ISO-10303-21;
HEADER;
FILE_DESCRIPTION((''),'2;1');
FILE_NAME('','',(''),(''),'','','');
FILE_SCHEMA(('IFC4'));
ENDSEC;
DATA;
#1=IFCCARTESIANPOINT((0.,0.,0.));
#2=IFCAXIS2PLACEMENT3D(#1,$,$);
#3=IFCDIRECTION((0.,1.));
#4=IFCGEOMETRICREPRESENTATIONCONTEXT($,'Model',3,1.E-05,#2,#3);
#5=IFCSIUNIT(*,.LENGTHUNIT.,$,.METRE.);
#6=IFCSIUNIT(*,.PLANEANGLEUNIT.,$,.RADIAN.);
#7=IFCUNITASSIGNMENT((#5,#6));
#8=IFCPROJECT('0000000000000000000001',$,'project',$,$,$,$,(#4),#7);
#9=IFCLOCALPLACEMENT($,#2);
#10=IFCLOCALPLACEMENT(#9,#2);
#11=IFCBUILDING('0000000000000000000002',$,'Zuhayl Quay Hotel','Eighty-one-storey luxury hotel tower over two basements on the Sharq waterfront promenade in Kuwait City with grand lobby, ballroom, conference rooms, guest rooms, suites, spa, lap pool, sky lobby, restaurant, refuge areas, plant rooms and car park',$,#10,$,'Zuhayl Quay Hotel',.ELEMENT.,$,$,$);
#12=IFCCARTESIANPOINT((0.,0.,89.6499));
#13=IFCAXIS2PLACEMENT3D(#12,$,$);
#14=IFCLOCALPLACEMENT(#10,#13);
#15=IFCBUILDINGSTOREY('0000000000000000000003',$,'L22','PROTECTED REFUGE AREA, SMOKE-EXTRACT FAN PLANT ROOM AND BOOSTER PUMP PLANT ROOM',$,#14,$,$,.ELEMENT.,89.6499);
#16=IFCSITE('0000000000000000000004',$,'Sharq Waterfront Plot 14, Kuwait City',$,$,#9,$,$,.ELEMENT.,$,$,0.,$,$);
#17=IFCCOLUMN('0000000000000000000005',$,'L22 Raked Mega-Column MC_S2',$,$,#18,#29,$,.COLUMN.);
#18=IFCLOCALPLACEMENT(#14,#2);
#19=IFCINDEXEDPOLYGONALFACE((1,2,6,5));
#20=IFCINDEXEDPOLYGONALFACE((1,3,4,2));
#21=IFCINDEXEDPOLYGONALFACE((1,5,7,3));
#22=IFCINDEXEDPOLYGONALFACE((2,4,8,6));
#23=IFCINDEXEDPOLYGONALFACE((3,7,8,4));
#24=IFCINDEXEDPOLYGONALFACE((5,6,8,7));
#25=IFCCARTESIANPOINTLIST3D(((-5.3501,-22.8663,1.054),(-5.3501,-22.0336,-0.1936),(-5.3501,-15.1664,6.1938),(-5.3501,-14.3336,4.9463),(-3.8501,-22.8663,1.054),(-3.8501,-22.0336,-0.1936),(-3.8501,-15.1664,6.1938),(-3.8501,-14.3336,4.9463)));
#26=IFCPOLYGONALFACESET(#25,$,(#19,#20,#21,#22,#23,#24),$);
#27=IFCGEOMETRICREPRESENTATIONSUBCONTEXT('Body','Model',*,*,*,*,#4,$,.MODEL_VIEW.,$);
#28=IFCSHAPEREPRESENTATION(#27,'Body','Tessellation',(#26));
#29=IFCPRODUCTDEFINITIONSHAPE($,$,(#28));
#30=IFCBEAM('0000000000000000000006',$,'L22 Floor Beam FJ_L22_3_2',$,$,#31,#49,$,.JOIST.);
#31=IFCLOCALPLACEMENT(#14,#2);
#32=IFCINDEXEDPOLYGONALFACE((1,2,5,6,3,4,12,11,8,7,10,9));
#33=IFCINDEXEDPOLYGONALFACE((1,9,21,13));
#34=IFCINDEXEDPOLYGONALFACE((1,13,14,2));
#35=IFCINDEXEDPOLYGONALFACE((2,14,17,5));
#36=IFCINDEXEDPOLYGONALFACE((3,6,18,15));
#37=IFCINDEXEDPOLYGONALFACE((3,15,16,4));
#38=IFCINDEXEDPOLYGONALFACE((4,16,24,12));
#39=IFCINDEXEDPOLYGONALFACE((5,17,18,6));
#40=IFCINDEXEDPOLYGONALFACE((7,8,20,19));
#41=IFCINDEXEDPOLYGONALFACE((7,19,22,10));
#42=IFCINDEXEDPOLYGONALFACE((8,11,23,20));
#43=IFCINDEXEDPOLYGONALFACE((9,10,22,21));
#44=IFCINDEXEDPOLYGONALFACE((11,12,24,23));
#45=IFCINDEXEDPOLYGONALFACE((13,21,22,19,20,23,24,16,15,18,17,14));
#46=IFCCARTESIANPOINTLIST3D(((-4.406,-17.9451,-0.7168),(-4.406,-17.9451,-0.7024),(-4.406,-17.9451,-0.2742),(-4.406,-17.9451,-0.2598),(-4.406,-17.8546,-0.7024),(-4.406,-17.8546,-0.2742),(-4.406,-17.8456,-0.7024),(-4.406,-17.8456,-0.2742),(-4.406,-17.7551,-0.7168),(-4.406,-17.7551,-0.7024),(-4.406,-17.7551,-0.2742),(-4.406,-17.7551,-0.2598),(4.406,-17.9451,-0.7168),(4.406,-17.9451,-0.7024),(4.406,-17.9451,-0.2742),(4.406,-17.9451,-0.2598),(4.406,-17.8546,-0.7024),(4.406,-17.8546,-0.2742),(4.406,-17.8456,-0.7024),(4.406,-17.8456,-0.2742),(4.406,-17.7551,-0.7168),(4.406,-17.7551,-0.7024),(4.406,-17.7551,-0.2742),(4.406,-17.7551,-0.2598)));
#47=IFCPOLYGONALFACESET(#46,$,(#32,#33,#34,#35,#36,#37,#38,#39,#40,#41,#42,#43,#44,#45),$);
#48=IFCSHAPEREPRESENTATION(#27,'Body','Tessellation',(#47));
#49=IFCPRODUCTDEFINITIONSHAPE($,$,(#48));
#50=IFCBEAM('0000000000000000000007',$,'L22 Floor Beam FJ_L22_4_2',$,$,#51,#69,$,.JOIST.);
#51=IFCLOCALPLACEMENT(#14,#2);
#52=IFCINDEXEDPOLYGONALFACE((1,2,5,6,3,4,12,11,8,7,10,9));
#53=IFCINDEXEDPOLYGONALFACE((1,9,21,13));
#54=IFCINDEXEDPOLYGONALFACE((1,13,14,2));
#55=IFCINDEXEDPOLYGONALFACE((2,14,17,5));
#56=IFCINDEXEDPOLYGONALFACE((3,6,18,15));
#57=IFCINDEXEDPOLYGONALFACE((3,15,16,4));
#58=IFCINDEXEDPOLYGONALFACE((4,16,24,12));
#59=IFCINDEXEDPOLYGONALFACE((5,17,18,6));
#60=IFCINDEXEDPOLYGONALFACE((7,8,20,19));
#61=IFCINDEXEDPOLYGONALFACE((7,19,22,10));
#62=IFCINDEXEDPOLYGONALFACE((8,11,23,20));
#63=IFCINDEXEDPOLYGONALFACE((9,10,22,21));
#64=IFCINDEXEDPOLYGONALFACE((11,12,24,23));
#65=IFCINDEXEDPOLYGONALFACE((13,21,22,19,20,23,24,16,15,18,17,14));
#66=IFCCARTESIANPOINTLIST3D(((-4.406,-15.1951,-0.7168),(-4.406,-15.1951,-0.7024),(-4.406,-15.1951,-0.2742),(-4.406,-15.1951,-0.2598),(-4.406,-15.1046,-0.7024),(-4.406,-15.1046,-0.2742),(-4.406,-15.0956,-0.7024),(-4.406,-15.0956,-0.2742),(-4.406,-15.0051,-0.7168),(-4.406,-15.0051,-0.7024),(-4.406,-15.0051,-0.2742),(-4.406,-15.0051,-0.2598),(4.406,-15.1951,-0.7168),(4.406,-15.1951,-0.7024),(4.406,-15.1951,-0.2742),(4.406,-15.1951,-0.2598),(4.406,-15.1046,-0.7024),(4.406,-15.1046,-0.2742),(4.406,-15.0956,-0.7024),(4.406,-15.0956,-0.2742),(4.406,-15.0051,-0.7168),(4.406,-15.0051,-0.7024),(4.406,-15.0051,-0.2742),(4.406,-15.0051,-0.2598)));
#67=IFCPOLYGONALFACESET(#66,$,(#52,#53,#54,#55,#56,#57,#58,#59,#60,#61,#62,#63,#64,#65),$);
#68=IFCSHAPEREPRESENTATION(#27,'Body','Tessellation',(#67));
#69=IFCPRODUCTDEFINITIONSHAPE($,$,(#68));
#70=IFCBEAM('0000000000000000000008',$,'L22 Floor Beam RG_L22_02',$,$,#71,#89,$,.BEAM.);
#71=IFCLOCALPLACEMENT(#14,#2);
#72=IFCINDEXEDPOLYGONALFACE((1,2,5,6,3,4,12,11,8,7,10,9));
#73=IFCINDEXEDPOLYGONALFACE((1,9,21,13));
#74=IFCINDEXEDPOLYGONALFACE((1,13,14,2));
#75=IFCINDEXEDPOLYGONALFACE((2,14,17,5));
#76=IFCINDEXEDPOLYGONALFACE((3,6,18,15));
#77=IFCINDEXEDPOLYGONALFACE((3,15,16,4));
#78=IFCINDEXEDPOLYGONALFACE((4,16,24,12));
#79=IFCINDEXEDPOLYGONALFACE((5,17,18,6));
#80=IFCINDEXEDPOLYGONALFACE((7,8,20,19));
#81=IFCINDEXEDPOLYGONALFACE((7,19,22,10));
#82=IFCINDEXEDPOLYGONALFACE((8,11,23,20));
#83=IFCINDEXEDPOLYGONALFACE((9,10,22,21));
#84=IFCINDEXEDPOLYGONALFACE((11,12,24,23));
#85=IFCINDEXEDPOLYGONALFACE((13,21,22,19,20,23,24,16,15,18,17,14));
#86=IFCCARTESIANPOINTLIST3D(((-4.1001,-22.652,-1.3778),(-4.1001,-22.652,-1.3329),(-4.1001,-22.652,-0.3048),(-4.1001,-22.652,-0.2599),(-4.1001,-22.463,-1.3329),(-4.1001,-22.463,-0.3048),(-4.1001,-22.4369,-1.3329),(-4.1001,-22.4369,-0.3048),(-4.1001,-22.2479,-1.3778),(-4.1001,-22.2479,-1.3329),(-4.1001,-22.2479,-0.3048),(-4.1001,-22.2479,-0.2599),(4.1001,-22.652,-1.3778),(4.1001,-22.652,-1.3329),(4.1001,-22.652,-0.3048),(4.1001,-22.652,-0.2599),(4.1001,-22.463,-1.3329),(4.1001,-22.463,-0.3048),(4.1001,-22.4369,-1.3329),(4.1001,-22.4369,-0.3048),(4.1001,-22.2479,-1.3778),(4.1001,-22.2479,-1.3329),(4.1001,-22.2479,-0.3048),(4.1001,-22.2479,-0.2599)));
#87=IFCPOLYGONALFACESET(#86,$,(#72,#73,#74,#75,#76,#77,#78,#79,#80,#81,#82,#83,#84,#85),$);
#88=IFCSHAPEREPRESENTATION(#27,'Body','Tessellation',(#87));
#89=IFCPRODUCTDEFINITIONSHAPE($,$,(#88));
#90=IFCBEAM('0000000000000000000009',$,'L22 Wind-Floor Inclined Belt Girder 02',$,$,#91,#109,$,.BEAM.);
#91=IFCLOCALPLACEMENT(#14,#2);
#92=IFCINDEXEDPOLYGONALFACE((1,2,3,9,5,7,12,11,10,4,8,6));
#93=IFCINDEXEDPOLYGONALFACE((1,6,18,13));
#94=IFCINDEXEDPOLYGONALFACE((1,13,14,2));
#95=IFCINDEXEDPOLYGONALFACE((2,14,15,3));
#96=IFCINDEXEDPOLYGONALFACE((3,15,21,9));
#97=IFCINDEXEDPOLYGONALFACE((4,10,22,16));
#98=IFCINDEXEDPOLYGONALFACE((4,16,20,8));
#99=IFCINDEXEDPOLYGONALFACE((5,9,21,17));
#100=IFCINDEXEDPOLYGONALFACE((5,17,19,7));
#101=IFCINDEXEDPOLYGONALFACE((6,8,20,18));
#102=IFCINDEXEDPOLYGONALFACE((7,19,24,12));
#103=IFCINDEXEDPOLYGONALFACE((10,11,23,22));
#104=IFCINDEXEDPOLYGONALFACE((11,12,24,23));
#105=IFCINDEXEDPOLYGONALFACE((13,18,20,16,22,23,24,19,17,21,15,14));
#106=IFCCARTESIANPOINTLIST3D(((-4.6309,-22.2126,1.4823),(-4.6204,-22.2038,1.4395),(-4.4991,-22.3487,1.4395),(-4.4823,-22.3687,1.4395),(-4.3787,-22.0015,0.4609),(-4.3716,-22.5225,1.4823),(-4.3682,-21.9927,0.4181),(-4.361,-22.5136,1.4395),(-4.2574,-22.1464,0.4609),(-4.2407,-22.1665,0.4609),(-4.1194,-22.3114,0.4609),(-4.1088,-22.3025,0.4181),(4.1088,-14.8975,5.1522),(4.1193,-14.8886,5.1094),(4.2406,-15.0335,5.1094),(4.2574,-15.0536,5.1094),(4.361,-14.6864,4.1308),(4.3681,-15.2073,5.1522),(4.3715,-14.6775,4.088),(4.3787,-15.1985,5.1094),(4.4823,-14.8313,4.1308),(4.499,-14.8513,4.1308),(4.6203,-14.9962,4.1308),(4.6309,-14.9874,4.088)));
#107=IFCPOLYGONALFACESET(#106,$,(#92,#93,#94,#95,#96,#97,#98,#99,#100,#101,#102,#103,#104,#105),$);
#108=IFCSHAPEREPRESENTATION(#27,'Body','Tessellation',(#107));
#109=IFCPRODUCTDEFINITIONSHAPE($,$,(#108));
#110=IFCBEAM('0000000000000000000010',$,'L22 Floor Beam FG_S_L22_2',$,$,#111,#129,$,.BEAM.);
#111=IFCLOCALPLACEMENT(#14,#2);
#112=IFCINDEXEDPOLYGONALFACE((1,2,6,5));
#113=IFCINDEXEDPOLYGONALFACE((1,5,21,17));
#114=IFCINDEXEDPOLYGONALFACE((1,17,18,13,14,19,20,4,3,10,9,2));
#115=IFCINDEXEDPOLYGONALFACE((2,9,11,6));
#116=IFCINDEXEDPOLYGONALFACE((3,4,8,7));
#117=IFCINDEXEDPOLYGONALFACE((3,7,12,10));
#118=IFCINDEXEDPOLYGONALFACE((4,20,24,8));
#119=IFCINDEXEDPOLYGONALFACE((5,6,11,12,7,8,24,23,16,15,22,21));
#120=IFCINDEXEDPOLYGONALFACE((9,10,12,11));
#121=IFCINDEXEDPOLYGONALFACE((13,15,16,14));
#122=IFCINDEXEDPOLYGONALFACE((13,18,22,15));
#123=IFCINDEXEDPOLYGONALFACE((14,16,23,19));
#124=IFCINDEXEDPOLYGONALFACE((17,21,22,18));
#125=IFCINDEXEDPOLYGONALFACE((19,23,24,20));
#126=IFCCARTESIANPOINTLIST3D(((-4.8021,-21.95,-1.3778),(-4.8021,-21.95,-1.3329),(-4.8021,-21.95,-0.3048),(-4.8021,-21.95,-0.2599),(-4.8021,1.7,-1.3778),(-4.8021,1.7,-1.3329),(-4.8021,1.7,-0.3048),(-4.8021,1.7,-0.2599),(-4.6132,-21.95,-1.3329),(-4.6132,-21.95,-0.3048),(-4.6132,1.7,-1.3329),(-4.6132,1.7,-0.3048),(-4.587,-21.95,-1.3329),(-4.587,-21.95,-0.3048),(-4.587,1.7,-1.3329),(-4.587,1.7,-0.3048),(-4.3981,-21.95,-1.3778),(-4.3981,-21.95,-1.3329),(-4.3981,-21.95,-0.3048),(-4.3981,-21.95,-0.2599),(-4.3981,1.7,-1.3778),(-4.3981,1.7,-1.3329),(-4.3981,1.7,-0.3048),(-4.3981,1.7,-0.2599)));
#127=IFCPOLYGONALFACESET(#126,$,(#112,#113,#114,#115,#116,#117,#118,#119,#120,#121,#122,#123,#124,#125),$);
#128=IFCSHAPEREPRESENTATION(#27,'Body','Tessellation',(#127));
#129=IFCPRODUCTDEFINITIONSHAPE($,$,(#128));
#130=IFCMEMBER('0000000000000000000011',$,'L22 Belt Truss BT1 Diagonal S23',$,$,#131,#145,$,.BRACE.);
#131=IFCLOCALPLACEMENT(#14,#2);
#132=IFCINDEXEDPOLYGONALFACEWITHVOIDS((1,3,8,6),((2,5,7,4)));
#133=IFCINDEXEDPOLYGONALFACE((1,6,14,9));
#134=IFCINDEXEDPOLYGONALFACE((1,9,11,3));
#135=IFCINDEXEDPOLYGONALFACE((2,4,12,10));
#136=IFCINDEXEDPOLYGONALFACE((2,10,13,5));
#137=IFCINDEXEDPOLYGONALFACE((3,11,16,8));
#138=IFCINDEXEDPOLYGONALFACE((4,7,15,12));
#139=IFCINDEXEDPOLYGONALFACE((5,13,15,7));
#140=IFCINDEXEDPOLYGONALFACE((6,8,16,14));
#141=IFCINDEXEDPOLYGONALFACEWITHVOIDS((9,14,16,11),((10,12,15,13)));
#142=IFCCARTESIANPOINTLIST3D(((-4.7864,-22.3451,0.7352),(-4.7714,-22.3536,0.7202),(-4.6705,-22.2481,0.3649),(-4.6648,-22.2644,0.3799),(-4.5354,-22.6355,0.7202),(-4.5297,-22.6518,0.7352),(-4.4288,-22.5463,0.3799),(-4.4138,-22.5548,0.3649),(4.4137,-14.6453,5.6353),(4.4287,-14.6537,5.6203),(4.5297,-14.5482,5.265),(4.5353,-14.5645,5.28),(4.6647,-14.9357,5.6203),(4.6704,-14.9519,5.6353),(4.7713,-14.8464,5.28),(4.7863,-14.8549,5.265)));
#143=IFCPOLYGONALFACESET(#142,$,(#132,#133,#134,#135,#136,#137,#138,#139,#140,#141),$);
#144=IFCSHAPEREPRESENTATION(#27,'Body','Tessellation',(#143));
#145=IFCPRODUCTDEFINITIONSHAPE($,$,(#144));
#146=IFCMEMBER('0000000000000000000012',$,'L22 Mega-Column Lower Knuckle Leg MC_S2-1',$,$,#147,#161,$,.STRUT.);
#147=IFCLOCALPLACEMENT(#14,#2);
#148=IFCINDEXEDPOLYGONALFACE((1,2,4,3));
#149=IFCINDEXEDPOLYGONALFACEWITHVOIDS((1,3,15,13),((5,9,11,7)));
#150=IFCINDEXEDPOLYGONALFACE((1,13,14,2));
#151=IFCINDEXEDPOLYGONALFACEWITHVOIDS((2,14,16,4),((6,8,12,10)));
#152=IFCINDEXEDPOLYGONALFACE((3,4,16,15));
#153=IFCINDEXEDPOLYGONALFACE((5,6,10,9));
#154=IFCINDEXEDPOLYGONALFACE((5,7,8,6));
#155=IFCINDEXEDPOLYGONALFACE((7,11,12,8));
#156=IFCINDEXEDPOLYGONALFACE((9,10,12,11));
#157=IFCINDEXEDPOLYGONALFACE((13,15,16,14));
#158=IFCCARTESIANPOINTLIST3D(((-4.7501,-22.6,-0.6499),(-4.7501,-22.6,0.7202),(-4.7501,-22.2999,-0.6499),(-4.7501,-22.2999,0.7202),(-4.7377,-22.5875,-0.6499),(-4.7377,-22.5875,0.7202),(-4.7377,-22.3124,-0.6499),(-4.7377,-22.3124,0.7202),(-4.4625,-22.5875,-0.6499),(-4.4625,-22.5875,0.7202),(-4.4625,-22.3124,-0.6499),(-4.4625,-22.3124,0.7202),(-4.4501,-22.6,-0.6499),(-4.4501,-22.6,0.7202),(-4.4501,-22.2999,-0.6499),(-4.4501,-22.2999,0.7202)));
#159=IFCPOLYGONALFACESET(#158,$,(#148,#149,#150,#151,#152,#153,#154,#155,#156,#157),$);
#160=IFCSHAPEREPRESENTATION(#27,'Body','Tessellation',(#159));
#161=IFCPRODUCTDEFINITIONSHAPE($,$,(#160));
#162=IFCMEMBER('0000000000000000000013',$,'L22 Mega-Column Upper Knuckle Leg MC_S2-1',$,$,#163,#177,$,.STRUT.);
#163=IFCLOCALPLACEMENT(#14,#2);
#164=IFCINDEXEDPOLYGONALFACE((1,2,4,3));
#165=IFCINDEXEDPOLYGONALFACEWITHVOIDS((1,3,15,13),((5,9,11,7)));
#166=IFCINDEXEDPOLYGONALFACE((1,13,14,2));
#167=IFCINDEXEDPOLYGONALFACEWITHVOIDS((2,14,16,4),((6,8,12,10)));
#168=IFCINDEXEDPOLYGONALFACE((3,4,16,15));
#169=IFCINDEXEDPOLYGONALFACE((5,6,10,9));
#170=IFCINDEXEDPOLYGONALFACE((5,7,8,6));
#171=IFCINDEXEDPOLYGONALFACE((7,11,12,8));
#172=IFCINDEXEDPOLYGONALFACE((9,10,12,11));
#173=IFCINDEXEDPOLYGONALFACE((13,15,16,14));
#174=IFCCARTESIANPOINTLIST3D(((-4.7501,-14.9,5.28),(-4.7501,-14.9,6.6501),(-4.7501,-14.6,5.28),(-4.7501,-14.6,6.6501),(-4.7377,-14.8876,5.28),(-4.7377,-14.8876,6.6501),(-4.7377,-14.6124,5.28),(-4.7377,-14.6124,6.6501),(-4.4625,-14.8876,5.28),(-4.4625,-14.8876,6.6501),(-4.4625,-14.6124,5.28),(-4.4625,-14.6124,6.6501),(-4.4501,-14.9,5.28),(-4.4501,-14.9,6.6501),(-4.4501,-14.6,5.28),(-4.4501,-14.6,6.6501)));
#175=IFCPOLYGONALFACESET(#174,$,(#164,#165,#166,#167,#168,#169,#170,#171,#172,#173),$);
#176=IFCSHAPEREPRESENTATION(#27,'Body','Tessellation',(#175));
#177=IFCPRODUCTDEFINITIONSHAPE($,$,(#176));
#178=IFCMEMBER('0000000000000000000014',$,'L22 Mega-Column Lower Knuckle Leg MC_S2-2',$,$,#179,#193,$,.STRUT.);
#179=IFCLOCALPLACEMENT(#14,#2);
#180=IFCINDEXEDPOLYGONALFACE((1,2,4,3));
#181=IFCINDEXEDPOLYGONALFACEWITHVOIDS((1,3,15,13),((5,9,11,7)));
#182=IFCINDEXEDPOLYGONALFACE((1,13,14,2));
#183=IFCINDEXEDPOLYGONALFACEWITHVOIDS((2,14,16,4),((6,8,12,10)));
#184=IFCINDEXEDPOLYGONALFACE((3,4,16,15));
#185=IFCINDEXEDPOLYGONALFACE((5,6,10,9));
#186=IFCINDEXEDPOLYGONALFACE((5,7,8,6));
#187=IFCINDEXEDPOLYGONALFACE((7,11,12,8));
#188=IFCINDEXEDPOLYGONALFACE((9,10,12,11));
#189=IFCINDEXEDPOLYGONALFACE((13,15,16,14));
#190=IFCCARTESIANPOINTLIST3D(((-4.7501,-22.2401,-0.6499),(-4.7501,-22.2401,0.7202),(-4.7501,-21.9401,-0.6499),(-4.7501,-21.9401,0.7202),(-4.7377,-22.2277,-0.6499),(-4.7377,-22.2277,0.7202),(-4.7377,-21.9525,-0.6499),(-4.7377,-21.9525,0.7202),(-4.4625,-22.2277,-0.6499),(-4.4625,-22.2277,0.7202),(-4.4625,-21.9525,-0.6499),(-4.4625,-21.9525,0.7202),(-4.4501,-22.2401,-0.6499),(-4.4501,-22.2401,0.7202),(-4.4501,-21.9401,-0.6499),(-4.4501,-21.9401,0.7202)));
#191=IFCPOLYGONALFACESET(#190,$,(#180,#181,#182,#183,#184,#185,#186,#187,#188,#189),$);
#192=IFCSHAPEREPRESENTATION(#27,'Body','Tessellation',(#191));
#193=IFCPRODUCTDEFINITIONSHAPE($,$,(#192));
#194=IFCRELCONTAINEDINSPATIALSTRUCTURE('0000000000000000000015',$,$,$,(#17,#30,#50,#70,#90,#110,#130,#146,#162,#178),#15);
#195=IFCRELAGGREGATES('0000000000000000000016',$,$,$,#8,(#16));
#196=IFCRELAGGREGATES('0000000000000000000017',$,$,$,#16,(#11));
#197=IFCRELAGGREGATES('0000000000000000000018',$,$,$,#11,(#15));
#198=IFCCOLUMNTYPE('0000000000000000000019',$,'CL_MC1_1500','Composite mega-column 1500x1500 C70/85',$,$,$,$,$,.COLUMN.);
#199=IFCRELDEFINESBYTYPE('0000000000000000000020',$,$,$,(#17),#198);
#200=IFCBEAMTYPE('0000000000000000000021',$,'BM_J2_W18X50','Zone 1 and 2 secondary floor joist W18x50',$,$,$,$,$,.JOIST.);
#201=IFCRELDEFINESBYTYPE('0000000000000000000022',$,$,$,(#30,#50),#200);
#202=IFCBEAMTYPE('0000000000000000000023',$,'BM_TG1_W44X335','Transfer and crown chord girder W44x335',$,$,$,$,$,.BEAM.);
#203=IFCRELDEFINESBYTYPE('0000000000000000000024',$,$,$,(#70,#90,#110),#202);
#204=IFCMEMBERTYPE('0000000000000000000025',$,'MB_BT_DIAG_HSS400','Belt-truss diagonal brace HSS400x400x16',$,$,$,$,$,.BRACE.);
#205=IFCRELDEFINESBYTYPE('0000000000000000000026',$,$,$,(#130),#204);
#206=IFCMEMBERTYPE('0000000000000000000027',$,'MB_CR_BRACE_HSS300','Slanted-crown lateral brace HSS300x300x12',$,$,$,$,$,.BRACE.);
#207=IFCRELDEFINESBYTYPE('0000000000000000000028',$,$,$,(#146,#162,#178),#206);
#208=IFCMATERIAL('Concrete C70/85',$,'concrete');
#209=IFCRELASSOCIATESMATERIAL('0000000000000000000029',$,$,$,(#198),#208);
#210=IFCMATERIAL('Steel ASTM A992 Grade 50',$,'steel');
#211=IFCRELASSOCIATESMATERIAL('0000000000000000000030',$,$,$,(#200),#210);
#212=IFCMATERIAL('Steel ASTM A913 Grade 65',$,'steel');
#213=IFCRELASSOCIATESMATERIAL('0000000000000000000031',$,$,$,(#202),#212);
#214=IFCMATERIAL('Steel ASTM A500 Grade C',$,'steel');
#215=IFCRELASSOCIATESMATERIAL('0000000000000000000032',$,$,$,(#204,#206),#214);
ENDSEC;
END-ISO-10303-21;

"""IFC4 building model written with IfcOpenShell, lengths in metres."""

from ifc_helpers import new_model, si_unit, direction, frame, origin, origin_2d, place, context, subcontext, project, spatial, rectangle, hollow_rectangle, i_section, extrude, material, material_profile, profile_set, type_object, element, save


model = new_model("IFC4")

# Units and contexts
model_context = context("Model", 3, precision=1e-05, world=origin(), true_north=direction((0.0, 1.0)))
body_context = subcontext(model_context, "Body", "Model", "MODEL_VIEW")
ifc_project = project(units=[si_unit("LENGTHUNIT", "METRE"), si_unit("PLANEANGLEUNIT", "RADIAN")], contexts=[model_context])

# Site, building, storey
site_placement = place(None, origin())
site = spatial("IfcSite", under=ifc_project, at=site_placement, Name="Sharq Waterfront Plot 14, Kuwait City", CompositionType="ELEMENT", RefElevation=0.0)
building_placement = place(site_placement, origin())
building = spatial("IfcBuilding", under=site, at=building_placement, Name="Zuhayl Quay Hotel", Description="Eighty-one-storey luxury hotel tower over two basements on the Sharq waterfront promenade in Kuwait City with grand lobby, ballroom, conference rooms, guest rooms, suites, spa, lap pool, sky lobby, restaurant, refuge areas, plant rooms and car park", LongName="Zuhayl Quay Hotel", CompositionType="ELEMENT")
storey_placement = place(building_placement, frame((0.0, 0.0, 89.6499)))
storey = spatial("IfcBuildingStorey", under=building, at=storey_placement, Name="L22", Description="PROTECTED REFUGE AREA, SMOKE-EXTRACT FAN PLANT ROOM AND BOOSTER PUMP PLANT ROOM", CompositionType="ELEMENT", Elevation=89.6499)

# Column
ifc_material_1 = material(Name="Concrete C70/85", Category="concrete")
ifc_material_profile_1 = material_profile(ifc_material_1, rectangle(XDim=1.5, YDim=1.5, at=origin_2d()), Name="RC1500X1500")
ifc_profile_set_1 = profile_set([ifc_material_profile_1], Name="Concrete C70/85")
column_type = type_object("IfcColumnType", Name="CL_MC1_1500", Description="Composite mega-column 1500x1500 C70/85", PredefinedType="COLUMN", material=ifc_profile_set_1)
column_placement = place(storey_placement, frame((-4.6001, -22.45, 0.4302), z_axis=(0.0, 0.831722, 0.555193), x_axis=(-1.0, 0.0, 0.0)))
element("IfcColumn", 1, at=column_placement, inside=storey, type_object=column_type, Name="L22 Raked Mega-Column MC_S2", PredefinedType="COLUMN", context=body_context, shape_type="SweptSolid", body=[
    extrude(rectangle(XDim=1.5, YDim=1.5, at=origin_2d()), origin(), (0.0, 0.0, 1.0), 9.2578),
])

# Beams
ifc_material_2 = material(Name="Steel ASTM A992 Grade 50", Category="steel")
ifc_material_profile_2 = material_profile(ifc_material_2, i_section(OverallWidth=0.1899, OverallDepth=0.457, WebThickness=0.009, FlangeThickness=0.0144, at=origin_2d()), Name="W18X50")
ifc_profile_set_2 = profile_set([ifc_material_profile_2], Name="Steel ASTM A992 Grade 50")
beam_type_1 = type_object("IfcBeamType", Name="BM_J2_W18X50", Description="Zone 1 and 2 secondary floor joist W18x50", PredefinedType="JOIST", material=ifc_profile_set_2)
for number, where, z_axis, x_axis, name in (
    (2, (-4.406, -17.8501, -0.4883), (1.0, 0.0, 0.0), (0.0, 1.0, 0.0), "L22 Floor Beam FJ_L22_3_2"),
    (3, (-4.406, -15.1001, -0.4883), (1.0, 0.0, 0.0), (0.0, 1.0, 0.0), "L22 Floor Beam FJ_L22_4_2"),
):
    element("IfcBeam", number, at=place(storey_placement, frame(where, z_axis=z_axis, x_axis=x_axis)), inside=storey, type_object=beam_type_1, Name=name, PredefinedType="JOIST", context=body_context, shape_type="SweptSolid", body=[
        extrude(i_section(OverallWidth=0.1899, OverallDepth=0.457, WebThickness=0.009, FlangeThickness=0.0144, at=origin_2d()), origin(), (0.0, 0.0, 1.0), 8.812),
    ])
ifc_material_3 = material(Name="Steel ASTM A913 Grade 65", Category="steel")
ifc_material_profile_3 = material_profile(ifc_material_3, i_section(OverallWidth=0.4041, OverallDepth=1.1179, WebThickness=0.0261, FlangeThickness=0.0449, at=origin_2d()), Name="W44X335")
ifc_profile_set_3 = profile_set([ifc_material_profile_3], Name="Steel ASTM A913 Grade 65")
beam_type_2 = type_object("IfcBeamType", Name="BM_TG1_W44X335", Description="Transfer and crown chord girder W44x335", PredefinedType="BEAM", material=ifc_profile_set_3)
beam_1_placement = place(storey_placement, frame((-4.1001, -22.45, -0.8188), z_axis=(1.0, 0.0, 0.0), x_axis=(0.0, 1.0, 0.0)))
element("IfcBeam", 4, at=beam_1_placement, inside=storey, type_object=beam_type_2, Name="L22 Floor Beam RG_L22_02", PredefinedType="BEAM", context=body_context, shape_type="SweptSolid", body=[
    extrude(i_section(OverallWidth=0.4041, OverallDepth=1.1179, WebThickness=0.0261, FlangeThickness=0.0449, at=origin_2d()), origin(), (0.0, 0.0, 1.0), 8.2002),
])
beam_2_placement = place(storey_placement, frame((-4.3699, -22.2576, 0.9502), z_axis=(0.729927, 0.610951, 0.306505), x_axis=(-0.641843, 0.766836, 0.0)))
element("IfcBeam", 5, at=beam_2_placement, inside=storey, type_object=beam_type_2, Name="L22 Wind-Floor Inclined Belt Girder 02", PredefinedType="BEAM", context=body_context, shape_type="SweptSolid", body=[
    extrude(i_section(OverallWidth=0.4041, OverallDepth=1.1179, WebThickness=0.0261, FlangeThickness=0.0449, at=origin_2d()), origin(), (0.0, 0.0, 1.0), 11.9734),
])
beam_3_placement = place(storey_placement, frame((-4.6001, -21.95, -0.8188), z_axis=(0.0, 1.0, 0.0), x_axis=(-1.0, 0.0, 0.0)))
element("IfcBeam", 6, at=beam_3_placement, inside=storey, type_object=beam_type_2, Name="L22 Floor Beam FG_S_L22_2", PredefinedType="BEAM", context=body_context, shape_type="SweptSolid", body=[
    extrude(i_section(OverallWidth=0.4041, OverallDepth=1.1179, WebThickness=0.0261, FlangeThickness=0.0449, at=origin_2d()), origin(), (0.0, 0.0, 1.0), 23.6499),
])

# Members
ifc_material_4 = material(Name="Steel ASTM A500 Grade C", Category="steel")
ifc_material_profile_4 = material_profile(ifc_material_4, hollow_rectangle(XDim=0.3999, YDim=0.3999, WallThickness=0.0161, at=origin_2d()), Name="HSS400X400X16")
ifc_profile_set_4 = profile_set([ifc_material_profile_4], Name="Steel ASTM A500 Grade C")
member_type_1 = type_object("IfcMemberType", Name="MB_BT_DIAG_HSS400", Description="Belt-truss diagonal brace HSS400x400x16", PredefinedType="BRACE", material=ifc_profile_set_4)
member_1_placement = place(storey_placement, frame((-4.6001, -22.45, 0.55), z_axis=(0.709928, 0.594163, 0.378117), x_axis=(-0.641812, 0.766862, 0.0)))
element("IfcMember", 7, at=member_1_placement, inside=storey, type_object=member_type_1, Name="L22 Belt Truss BT1 Diagonal S23", PredefinedType="BRACE", context=body_context, shape_type="SweptSolid", body=[
    extrude(hollow_rectangle(XDim=0.3999, YDim=0.3999, WallThickness=0.0161, at=origin_2d()), origin(), (0.0, 0.0, 1.0), 12.9592),
])
ifc_material_profile_5 = material_profile(ifc_material_4, hollow_rectangle(XDim=0.3, YDim=0.3, WallThickness=0.0125, at=origin_2d()), Name="HSS300X300X12")
ifc_profile_set_5 = profile_set([ifc_material_profile_5], Name="Steel ASTM A500 Grade C")
member_type_2 = type_object("IfcMemberType", Name="MB_CR_BRACE_HSS300", Description="Slanted-crown lateral brace HSS300x300x12", PredefinedType="BRACE", material=ifc_profile_set_5)
for number, where, z_axis, x_axis, name in (
    (8, (-4.6001, -22.45, -0.6499), (0.0, 0.0, 1.0), (1.0, 0.0, 0.0), "L22 Mega-Column Lower Knuckle Leg MC_S2-1"),
    (9, (-4.6001, -14.75, 5.28), (0.0, 0.0, 1.0), (1.0, 0.0, 0.0), "L22 Mega-Column Upper Knuckle Leg MC_S2-1"),
    (10, (-4.6001, -22.0901, -0.6499), (0.0, 0.0, 1.0), (1.0, 0.0, 0.0), "L22 Mega-Column Lower Knuckle Leg MC_S2-2"),
):
    element("IfcMember", number, at=place(storey_placement, frame(where, z_axis=z_axis, x_axis=x_axis)), inside=storey, type_object=member_type_2, Name=name, PredefinedType="STRUT", context=body_context, shape_type="SweptSolid", body=[
        extrude(hollow_rectangle(XDim=0.3, YDim=0.3, WallThickness=0.0125, at=origin_2d()), origin(), (0.0, 0.0, 1.0), 1.3701),
    ])

save(model, "model.ifc")
